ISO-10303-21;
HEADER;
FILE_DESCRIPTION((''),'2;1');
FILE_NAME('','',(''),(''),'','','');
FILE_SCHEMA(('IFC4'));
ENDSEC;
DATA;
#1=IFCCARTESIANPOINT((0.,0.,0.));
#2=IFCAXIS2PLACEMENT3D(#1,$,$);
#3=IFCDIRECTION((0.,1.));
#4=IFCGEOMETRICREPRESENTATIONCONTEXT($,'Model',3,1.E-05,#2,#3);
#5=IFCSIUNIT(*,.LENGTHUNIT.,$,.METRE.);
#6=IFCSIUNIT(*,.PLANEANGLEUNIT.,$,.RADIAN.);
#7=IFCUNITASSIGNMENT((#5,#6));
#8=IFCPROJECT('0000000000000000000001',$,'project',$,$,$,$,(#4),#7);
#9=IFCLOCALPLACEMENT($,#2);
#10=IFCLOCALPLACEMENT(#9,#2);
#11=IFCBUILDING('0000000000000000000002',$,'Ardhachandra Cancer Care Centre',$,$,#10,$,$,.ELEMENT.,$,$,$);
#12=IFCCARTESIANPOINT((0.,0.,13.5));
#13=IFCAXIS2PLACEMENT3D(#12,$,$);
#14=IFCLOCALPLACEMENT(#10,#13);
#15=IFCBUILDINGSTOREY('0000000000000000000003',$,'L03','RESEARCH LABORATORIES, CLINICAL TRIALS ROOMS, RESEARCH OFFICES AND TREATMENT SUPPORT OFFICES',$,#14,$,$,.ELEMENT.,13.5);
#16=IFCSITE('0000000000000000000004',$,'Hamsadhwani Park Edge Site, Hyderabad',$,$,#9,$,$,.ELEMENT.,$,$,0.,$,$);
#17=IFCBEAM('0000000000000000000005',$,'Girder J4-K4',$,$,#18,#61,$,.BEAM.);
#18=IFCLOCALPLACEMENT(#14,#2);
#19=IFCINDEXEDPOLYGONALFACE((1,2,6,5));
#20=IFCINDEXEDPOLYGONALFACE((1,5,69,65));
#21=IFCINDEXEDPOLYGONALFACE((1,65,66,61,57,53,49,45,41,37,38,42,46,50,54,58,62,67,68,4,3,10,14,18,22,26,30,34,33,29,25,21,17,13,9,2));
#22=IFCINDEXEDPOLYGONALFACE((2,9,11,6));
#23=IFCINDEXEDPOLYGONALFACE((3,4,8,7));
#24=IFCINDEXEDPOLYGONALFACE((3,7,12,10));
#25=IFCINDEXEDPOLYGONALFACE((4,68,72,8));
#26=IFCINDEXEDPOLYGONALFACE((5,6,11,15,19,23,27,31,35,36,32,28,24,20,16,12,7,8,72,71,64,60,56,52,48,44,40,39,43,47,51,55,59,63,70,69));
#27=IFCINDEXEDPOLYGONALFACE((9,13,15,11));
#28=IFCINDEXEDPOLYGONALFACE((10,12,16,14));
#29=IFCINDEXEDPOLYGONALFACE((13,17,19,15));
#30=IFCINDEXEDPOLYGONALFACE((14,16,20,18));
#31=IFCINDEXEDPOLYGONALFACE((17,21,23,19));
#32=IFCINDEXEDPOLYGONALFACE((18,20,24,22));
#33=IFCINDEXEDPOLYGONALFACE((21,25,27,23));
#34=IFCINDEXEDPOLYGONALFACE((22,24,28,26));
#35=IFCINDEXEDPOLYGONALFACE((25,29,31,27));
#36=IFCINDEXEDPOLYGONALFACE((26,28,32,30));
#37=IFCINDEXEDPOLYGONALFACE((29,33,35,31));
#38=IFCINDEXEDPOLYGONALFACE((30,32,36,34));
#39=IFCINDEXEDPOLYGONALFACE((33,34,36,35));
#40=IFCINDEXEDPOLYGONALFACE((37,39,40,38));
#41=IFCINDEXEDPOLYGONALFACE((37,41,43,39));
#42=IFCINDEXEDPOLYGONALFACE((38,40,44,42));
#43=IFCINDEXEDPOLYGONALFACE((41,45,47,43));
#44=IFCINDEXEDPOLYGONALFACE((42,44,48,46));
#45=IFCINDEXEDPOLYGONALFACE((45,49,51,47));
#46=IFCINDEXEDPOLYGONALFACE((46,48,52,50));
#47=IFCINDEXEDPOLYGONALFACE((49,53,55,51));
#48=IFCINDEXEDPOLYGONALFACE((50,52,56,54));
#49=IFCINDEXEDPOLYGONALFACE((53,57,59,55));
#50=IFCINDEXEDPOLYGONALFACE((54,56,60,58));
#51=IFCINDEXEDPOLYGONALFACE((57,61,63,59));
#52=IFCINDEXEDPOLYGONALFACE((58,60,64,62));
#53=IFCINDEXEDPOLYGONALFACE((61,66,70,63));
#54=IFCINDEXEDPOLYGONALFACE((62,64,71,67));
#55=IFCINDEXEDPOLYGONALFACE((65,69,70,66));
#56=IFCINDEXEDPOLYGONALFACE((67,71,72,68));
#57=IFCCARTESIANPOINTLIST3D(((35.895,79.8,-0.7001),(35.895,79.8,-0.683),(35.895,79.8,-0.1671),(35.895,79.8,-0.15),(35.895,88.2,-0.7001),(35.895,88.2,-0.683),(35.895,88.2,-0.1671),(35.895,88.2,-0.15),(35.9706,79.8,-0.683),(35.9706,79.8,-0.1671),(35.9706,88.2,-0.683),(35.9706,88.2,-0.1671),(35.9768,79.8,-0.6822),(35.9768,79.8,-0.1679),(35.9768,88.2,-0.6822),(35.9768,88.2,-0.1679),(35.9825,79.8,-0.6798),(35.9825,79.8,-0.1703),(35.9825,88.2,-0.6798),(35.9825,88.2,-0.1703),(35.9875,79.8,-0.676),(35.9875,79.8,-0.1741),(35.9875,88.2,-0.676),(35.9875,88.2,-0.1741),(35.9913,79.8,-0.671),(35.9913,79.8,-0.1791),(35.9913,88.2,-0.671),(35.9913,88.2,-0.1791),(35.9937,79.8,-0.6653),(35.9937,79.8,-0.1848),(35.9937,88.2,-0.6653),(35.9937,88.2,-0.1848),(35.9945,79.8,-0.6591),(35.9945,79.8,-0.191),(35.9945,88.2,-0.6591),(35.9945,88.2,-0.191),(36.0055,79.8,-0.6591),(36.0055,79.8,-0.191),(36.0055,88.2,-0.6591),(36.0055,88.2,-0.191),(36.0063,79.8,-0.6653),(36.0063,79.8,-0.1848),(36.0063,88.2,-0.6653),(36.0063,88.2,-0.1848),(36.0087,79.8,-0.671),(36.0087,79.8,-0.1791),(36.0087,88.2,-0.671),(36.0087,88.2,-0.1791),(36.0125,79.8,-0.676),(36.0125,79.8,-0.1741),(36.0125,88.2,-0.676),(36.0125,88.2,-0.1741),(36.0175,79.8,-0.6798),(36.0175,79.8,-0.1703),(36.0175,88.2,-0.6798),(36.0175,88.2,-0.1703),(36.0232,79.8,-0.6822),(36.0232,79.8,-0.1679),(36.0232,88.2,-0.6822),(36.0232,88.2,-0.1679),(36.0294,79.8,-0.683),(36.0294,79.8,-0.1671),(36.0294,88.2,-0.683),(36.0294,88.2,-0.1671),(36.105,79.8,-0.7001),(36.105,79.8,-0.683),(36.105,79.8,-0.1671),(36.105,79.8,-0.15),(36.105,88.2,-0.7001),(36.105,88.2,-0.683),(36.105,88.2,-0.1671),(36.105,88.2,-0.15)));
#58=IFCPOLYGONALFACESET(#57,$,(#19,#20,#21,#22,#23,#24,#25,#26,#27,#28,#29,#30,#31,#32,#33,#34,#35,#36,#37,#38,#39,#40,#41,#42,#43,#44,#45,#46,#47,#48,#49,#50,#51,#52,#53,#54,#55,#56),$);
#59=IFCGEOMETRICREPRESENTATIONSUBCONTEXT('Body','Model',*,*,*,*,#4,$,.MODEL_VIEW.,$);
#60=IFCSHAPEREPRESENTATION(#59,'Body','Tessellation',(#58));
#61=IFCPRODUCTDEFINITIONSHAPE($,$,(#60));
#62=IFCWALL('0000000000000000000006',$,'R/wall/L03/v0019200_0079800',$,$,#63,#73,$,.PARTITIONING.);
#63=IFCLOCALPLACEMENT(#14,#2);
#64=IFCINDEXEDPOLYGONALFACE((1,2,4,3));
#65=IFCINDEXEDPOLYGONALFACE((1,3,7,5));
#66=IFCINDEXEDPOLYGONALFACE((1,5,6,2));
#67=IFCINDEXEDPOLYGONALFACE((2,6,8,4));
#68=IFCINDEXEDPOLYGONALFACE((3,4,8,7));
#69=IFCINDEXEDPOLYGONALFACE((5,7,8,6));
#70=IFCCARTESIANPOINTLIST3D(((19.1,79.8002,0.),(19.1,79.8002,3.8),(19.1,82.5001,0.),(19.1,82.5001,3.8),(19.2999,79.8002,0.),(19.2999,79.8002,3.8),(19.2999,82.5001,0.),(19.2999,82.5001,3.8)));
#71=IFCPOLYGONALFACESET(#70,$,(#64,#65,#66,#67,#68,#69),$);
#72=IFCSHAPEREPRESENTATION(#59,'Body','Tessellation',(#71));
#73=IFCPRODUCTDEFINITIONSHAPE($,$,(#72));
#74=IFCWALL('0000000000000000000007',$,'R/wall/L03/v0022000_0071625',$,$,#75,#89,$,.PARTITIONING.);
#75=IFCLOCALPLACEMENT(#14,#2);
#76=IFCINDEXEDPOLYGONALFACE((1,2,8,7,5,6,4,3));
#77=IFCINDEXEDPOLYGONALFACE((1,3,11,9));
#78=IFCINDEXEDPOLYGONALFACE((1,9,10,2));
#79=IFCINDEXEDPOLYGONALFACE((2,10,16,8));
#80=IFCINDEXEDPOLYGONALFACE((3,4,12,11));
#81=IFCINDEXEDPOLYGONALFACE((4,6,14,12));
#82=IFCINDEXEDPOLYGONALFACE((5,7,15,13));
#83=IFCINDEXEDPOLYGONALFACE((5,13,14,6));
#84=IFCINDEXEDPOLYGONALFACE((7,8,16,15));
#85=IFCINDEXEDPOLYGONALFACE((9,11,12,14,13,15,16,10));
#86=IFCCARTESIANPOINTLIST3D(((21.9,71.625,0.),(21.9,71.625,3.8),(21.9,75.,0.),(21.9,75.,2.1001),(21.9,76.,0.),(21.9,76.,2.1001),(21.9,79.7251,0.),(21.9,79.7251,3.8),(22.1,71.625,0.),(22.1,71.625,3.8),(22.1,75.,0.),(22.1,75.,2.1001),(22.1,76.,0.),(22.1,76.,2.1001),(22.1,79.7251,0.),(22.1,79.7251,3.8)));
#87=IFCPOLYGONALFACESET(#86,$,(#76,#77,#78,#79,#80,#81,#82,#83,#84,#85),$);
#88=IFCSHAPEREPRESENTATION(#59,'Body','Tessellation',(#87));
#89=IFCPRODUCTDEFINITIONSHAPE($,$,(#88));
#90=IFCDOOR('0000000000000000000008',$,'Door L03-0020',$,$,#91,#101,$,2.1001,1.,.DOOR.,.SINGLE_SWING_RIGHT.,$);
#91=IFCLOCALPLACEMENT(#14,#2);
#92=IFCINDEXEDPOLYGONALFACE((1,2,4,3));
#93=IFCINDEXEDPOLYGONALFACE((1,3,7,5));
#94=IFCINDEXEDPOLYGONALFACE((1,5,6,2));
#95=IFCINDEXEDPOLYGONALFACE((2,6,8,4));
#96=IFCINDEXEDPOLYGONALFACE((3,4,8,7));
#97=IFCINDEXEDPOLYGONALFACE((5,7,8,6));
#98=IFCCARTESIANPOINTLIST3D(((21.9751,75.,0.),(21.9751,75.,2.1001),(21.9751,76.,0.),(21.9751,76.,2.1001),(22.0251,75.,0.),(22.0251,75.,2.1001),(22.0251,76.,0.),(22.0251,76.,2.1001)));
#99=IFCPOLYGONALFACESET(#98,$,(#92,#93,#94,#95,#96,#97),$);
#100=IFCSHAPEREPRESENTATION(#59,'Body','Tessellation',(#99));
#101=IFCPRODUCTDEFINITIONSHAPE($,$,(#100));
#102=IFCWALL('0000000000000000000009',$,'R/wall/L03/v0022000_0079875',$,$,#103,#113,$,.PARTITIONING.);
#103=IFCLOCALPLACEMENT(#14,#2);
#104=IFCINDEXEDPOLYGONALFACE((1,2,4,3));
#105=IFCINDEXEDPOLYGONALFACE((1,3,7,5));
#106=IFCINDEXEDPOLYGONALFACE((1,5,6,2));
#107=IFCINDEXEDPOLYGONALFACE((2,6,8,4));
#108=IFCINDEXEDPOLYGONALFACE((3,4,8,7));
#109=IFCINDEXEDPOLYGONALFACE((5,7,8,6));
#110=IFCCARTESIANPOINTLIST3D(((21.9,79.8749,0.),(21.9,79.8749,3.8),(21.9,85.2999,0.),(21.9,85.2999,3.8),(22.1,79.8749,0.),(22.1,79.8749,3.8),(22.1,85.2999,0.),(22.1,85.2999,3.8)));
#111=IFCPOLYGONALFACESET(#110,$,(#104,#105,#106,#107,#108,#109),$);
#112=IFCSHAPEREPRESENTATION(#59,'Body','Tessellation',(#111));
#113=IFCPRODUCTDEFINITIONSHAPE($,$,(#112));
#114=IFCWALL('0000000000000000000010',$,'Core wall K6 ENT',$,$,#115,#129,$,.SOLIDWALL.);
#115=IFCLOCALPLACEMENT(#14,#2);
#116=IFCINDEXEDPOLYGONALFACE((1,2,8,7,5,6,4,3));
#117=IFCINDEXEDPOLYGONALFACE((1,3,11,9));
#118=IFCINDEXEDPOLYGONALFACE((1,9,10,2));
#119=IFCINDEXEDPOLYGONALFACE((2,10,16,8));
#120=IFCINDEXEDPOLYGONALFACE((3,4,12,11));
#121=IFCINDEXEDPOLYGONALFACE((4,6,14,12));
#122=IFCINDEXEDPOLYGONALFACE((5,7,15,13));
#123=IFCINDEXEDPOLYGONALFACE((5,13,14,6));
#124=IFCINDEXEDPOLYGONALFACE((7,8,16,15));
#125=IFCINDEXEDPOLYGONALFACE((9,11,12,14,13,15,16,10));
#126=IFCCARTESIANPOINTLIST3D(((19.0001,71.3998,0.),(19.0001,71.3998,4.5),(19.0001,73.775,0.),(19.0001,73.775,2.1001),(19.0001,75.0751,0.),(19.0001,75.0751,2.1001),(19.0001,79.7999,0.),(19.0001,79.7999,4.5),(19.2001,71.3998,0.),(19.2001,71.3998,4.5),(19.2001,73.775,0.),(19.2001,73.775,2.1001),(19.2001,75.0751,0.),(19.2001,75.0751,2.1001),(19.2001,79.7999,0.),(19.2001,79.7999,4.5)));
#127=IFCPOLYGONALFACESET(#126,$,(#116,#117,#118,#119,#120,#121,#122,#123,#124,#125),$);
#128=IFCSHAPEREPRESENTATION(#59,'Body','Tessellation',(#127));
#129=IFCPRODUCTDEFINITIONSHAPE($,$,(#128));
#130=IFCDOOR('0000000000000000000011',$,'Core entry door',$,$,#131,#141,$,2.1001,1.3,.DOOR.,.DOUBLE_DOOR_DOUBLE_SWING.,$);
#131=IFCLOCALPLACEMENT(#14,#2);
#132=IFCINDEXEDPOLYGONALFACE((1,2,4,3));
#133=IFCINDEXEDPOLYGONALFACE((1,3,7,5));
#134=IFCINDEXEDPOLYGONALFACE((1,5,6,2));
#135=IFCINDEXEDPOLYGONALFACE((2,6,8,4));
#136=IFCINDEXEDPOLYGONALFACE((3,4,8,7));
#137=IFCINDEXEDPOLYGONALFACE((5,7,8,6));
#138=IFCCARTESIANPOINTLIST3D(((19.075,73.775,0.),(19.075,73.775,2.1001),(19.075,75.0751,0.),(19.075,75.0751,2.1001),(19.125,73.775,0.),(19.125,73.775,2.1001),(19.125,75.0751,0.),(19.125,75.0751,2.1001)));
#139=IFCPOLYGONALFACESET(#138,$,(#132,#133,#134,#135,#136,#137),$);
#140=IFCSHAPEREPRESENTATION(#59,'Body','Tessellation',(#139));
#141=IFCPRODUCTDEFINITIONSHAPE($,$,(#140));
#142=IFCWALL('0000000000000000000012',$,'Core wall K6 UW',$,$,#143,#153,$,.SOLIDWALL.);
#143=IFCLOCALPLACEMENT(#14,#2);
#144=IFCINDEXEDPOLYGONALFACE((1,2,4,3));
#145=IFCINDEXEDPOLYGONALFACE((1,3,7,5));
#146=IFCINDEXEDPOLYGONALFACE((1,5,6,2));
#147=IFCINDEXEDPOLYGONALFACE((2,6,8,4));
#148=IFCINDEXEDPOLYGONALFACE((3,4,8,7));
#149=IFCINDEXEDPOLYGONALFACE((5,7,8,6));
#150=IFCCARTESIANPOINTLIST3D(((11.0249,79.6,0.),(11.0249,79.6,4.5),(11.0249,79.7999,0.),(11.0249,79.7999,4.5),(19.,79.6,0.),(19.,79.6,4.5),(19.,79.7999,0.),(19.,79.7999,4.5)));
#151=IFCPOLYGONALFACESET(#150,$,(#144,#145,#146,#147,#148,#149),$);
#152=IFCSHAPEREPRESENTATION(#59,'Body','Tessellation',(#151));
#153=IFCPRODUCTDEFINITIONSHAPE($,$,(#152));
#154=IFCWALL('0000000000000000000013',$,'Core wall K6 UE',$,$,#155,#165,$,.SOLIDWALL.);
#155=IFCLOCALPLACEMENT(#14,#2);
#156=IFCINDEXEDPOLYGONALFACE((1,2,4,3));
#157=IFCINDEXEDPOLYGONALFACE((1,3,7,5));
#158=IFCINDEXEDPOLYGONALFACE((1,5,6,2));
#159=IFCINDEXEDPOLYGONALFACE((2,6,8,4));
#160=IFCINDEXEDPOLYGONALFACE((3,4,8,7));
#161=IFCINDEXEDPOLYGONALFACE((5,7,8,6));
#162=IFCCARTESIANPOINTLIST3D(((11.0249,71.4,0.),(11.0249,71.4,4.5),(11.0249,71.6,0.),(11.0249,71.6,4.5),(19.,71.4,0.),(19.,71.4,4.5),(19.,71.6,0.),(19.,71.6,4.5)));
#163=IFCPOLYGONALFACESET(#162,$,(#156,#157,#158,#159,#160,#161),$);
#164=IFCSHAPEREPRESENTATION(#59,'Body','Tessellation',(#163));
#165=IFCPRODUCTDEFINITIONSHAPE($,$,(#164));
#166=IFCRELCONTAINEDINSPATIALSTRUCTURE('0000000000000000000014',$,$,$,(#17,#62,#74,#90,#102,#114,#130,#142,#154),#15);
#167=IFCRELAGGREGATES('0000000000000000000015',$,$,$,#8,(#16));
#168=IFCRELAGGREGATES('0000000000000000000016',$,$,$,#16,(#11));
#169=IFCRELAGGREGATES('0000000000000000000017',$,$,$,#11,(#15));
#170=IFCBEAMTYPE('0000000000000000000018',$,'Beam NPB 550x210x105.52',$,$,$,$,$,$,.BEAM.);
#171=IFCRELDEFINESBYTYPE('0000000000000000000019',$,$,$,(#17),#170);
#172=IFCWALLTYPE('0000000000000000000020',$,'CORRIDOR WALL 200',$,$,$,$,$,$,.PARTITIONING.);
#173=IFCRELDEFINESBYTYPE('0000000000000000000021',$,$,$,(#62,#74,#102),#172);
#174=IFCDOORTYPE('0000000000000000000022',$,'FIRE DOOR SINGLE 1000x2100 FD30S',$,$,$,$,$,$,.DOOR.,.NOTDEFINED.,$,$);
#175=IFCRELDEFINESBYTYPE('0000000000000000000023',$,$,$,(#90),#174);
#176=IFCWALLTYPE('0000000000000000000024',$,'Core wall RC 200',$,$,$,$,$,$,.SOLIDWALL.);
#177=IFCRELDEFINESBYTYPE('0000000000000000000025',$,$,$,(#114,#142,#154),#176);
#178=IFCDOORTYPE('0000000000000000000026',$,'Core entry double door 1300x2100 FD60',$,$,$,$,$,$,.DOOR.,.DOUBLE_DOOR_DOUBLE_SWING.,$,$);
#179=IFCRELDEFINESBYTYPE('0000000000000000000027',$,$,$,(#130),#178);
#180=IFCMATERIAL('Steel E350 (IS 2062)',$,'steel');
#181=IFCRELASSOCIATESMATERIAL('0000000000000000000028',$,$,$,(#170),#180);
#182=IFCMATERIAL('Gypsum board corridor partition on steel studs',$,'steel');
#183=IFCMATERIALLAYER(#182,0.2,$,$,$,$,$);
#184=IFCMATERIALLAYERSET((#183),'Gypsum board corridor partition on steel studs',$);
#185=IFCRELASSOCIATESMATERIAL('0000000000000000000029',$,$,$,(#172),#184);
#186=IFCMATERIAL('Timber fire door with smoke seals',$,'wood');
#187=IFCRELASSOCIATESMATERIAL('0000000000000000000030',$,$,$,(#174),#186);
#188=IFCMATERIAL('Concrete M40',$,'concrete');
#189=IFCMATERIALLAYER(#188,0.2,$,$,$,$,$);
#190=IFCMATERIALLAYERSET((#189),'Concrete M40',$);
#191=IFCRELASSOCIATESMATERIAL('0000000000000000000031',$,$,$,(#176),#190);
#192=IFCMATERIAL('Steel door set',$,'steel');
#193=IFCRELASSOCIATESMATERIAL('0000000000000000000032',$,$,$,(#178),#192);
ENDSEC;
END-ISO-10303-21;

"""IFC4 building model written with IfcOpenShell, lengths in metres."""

from ifc_helpers import new_model, si_unit, direction, frame, frame_2d, origin, origin_2d, place, context, subcontext, project, spatial, rectangle, i_section, extrude, material, layer, layer_set, material_profile, profile_set, type_object, element, fill, save


model = new_model("IFC4")

# Units and contexts
model_context = context("Model", 3, precision=1e-05, world=origin(), true_north=direction((0.0, 1.0)))
body_context = subcontext(model_context, "Body", "Model", "MODEL_VIEW")
ifc_project = project(units=[si_unit("LENGTHUNIT", "METRE"), si_unit("PLANEANGLEUNIT", "RADIAN")], contexts=[model_context])

# Site, building, storey
site_placement = place(None, origin())
site = spatial("IfcSite", under=ifc_project, at=site_placement, Name="Hamsadhwani Park Edge Site, Hyderabad", CompositionType="ELEMENT", RefElevation=0.0)
building_placement = place(site_placement, origin())
building = spatial("IfcBuilding", under=site, at=building_placement, Name="Ardhachandra Cancer Care Centre", CompositionType="ELEMENT")
storey_placement = place(building_placement, frame((0.0, 0.0, 13.5)))
storey = spatial("IfcBuildingStorey", under=building, at=storey_placement, Name="L03", Description="RESEARCH LABORATORIES, CLINICAL TRIALS ROOMS, RESEARCH OFFICES AND TREATMENT SUPPORT OFFICES", CompositionType="ELEMENT", Elevation=13.5)

# Beam
ifc_material_1 = material(Name="Steel E350 (IS 2062)", Category="steel")
ifc_material_profile_1 = material_profile(ifc_material_1, i_section(OverallWidth=0.21, OverallDepth=0.55, WebThickness=0.011, FlangeThickness=0.0171, FilletRadius=0.0239, at=origin_2d()), Name="NPB 550x210x105.52")
ifc_profile_set_1 = profile_set([ifc_material_profile_1], Name="Steel E350 (IS 2062)")
beam_type_1 = type_object("IfcBeamType", Name="Beam NPB 550x210x105.52", PredefinedType="BEAM", material=ifc_profile_set_1)
for number, where, z_axis, x_axis, name in (
    (1, (36.0, 79.8, -0.425), (0.0, 1.0, 0.0), (-1.0, 0.0, 0.0), "Girder J4-K4"),
):
    element("IfcBeam", number, at=place(storey_placement, frame(where, z_axis=z_axis, x_axis=x_axis)), inside=storey, type_object=beam_type_1, Name=name, PredefinedType="BEAM", context=body_context, shape_type="SweptSolid", body=[
        extrude(i_section(OverallWidth=0.21, OverallDepth=0.55, WebThickness=0.011, FlangeThickness=0.0171, FilletRadius=0.0239, at=origin_2d()), origin(), (0.0, 0.0, 1.0), 8.3999),
    ])

# Wall
ifc_material_2 = material(Name="Gypsum board corridor partition on steel studs", Category="steel")
ifc_layer_1 = layer(ifc_material_2, 0.2)
ifc_layer_set_1 = layer_set([ifc_layer_1], Name="Gypsum board corridor partition on steel studs")
wall_type_1 = type_object("IfcWallType", Name="CORRIDOR WALL 200", PredefinedType="PARTITIONING", material=ifc_layer_set_1)
wall_1_placement = place(storey_placement, frame((19.2, 79.8, 0.0), z_axis=(0.0, 0.0, 1.0), x_axis=(0.0, 1.0, 0.0)))
element("IfcWall", 2, at=wall_1_placement, inside=storey, type_object=wall_type_1, Name="R/wall/L03/v0019200_0079800", PredefinedType="PARTITIONING", context=body_context, shape_type="SweptSolid", body=[
    extrude(rectangle(XDim=2.7, YDim=0.2, at=frame_2d((1.3501, 0.0))), origin(), (0.0, 0.0, 1.0), 3.8),
])

# Wall, opening, door
wall_2_placement = place(storey_placement, frame((22.0, 71.625, 0.0), z_axis=(0.0, 0.0, 1.0), x_axis=(0.0, 1.0, 0.0)))
wall_2 = element("IfcWall", 3, at=wall_2_placement, inside=storey, type_object=wall_type_1, Name="R/wall/L03/v0022000_0071625", PredefinedType="PARTITIONING", context=body_context, shape_type="SweptSolid", body=[
    extrude(rectangle(XDim=8.1001, YDim=0.2, at=frame_2d((4.05, 0.0))), origin(), (0.0, 0.0, 1.0), 3.8),
])
opening_1_placement = place(wall_2_placement, frame((3.375, 0.0, 0.0)))
opening_1 = element("IfcOpeningElement", 4, at=opening_1_placement, cuts=wall_2, PredefinedType="OPENING", context=body_context, shape_type="SweptSolid", body=[
    extrude(rectangle(XDim=1.0, YDim=2.1001, at=frame_2d((0.5, 1.05))), frame((0.0, 0.1099, 0.0), z_axis=(0.0, -1.0, 0.0), x_axis=(1.0, 0.0, 0.0)), (0.0, 0.0, 1.0), 0.22),
])
ifc_material_3 = material(Name="Timber fire door with smoke seals", Category="wood")
door_type_1 = type_object("IfcDoorType", Name="FIRE DOOR SINGLE 1000x2100 FD30S", OperationType="NOTDEFINED", PredefinedType="DOOR", material=ifc_material_3)
door_1_placement = place(opening_1_placement, origin())
door_1 = element("IfcDoor", 5, at=door_1_placement, inside=storey, type_object=door_type_1, Name="Door L03-0020", OperationType="SINGLE_SWING_RIGHT", OverallHeight=2.1001, OverallWidth=1.0, PredefinedType="DOOR", context=body_context, shape_type="SweptSolid", body=[
    extrude(rectangle(XDim=1.0, YDim=2.1001, at=frame_2d((0.5, 1.05))), frame((0.0, 0.0249, 0.0), z_axis=(0.0, -1.0, 0.0), x_axis=(1.0, 0.0, 0.0)), (0.0, 0.0, 1.0), 0.05),
])
fill(opening_1, door_1)

# Wall
wall_3_placement = place(storey_placement, frame((22.0, 79.875, 0.0), z_axis=(0.0, 0.0, 1.0), x_axis=(0.0, 1.0, 0.0)))
element("IfcWall", 6, at=wall_3_placement, inside=storey, type_object=wall_type_1, Name="R/wall/L03/v0022000_0079875", PredefinedType="PARTITIONING", context=body_context, shape_type="SweptSolid", body=[
    extrude(rectangle(XDim=5.425, YDim=0.2, at=frame_2d((2.7124, 0.0))), origin(), (0.0, 0.0, 1.0), 3.8),
])

# Wall, opening, door
ifc_material_4 = material(Name="Concrete M40", Category="concrete")
ifc_layer_2 = layer(ifc_material_4, 0.2)
ifc_layer_set_2 = layer_set([ifc_layer_2], Name="Concrete M40")
wall_type_2 = type_object("IfcWallType", Name="Core wall RC 200", PredefinedType="SOLIDWALL", material=ifc_layer_set_2)
wall_4_placement = place(storey_placement, frame((19.1001, 79.8, 0.0), z_axis=(0.0, 0.0, 1.0), x_axis=(0.0, -1.0, 0.0)))
wall_4 = element("IfcWall", 7, at=wall_4_placement, inside=storey, type_object=wall_type_2, Name="Core wall K6 ENT", PredefinedType="SOLIDWALL", context=body_context, shape_type="SweptSolid", body=[
    extrude(rectangle(XDim=8.4001, YDim=0.2, at=frame_2d((4.2002, 0.0))), origin(), (0.0, 0.0, 1.0), 4.5),
])
opening_2_placement = place(wall_4_placement, frame((4.7251, 0.0, 0.0)))
opening_2 = element("IfcOpeningElement", 8, at=opening_2_placement, cuts=wall_4, PredefinedType="OPENING", context=body_context, shape_type="SweptSolid", body=[
    extrude(rectangle(XDim=1.3, YDim=2.1001, at=frame_2d((0.6499, 1.05))), frame((0.0, 0.1099, 0.0), z_axis=(0.0, -1.0, 0.0), x_axis=(1.0, 0.0, 0.0)), (0.0, 0.0, 1.0), 0.22),
])
ifc_material_5 = material(Name="Steel door set", Category="steel")
door_type_2 = type_object("IfcDoorType", Name="Core entry double door 1300x2100 FD60", OperationType="DOUBLE_DOOR_DOUBLE_SWING", PredefinedType="DOOR", material=ifc_material_5)
door_2_placement = place(opening_2_placement, origin())
door_2 = element("IfcDoor", 9, at=door_2_placement, inside=storey, type_object=door_type_2, Name="Core entry door", OperationType="DOUBLE_DOOR_DOUBLE_SWING", OverallHeight=2.1001, OverallWidth=1.3, PredefinedType="DOOR", context=body_context, shape_type="SweptSolid", body=[
    extrude(rectangle(XDim=1.3, YDim=2.1001, at=frame_2d((0.6499, 1.05))), frame((0.0, 0.0249, 0.0), z_axis=(0.0, -1.0, 0.0), x_axis=(1.0, 0.0, 0.0)), (0.0, 0.0, 1.0), 0.05),
])
fill(opening_2, door_2)

# Walls
for number, where, z_axis, x_axis, name in (
    (10, (19.0, 79.7, 0.0), (0.0, 0.0, 1.0), (-1.0, 0.0, 0.0), "Core wall K6 UW"),
    (11, (19.0, 71.5, 0.0), (0.0, 0.0, 1.0), (-1.0, 0.0, 0.0), "Core wall K6 UE"),
):
    element("IfcWall", number, at=place(storey_placement, frame(where, z_axis=z_axis, x_axis=x_axis)), inside=storey, type_object=wall_type_2, Name=name, PredefinedType="SOLIDWALL", context=body_context, shape_type="SweptSolid", body=[
        extrude(rectangle(XDim=7.9751, YDim=0.2, at=frame_2d((3.9875, 0.0))), origin(), (0.0, 0.0, 1.0), 4.5),
    ])

save(model, "model.ifc")
